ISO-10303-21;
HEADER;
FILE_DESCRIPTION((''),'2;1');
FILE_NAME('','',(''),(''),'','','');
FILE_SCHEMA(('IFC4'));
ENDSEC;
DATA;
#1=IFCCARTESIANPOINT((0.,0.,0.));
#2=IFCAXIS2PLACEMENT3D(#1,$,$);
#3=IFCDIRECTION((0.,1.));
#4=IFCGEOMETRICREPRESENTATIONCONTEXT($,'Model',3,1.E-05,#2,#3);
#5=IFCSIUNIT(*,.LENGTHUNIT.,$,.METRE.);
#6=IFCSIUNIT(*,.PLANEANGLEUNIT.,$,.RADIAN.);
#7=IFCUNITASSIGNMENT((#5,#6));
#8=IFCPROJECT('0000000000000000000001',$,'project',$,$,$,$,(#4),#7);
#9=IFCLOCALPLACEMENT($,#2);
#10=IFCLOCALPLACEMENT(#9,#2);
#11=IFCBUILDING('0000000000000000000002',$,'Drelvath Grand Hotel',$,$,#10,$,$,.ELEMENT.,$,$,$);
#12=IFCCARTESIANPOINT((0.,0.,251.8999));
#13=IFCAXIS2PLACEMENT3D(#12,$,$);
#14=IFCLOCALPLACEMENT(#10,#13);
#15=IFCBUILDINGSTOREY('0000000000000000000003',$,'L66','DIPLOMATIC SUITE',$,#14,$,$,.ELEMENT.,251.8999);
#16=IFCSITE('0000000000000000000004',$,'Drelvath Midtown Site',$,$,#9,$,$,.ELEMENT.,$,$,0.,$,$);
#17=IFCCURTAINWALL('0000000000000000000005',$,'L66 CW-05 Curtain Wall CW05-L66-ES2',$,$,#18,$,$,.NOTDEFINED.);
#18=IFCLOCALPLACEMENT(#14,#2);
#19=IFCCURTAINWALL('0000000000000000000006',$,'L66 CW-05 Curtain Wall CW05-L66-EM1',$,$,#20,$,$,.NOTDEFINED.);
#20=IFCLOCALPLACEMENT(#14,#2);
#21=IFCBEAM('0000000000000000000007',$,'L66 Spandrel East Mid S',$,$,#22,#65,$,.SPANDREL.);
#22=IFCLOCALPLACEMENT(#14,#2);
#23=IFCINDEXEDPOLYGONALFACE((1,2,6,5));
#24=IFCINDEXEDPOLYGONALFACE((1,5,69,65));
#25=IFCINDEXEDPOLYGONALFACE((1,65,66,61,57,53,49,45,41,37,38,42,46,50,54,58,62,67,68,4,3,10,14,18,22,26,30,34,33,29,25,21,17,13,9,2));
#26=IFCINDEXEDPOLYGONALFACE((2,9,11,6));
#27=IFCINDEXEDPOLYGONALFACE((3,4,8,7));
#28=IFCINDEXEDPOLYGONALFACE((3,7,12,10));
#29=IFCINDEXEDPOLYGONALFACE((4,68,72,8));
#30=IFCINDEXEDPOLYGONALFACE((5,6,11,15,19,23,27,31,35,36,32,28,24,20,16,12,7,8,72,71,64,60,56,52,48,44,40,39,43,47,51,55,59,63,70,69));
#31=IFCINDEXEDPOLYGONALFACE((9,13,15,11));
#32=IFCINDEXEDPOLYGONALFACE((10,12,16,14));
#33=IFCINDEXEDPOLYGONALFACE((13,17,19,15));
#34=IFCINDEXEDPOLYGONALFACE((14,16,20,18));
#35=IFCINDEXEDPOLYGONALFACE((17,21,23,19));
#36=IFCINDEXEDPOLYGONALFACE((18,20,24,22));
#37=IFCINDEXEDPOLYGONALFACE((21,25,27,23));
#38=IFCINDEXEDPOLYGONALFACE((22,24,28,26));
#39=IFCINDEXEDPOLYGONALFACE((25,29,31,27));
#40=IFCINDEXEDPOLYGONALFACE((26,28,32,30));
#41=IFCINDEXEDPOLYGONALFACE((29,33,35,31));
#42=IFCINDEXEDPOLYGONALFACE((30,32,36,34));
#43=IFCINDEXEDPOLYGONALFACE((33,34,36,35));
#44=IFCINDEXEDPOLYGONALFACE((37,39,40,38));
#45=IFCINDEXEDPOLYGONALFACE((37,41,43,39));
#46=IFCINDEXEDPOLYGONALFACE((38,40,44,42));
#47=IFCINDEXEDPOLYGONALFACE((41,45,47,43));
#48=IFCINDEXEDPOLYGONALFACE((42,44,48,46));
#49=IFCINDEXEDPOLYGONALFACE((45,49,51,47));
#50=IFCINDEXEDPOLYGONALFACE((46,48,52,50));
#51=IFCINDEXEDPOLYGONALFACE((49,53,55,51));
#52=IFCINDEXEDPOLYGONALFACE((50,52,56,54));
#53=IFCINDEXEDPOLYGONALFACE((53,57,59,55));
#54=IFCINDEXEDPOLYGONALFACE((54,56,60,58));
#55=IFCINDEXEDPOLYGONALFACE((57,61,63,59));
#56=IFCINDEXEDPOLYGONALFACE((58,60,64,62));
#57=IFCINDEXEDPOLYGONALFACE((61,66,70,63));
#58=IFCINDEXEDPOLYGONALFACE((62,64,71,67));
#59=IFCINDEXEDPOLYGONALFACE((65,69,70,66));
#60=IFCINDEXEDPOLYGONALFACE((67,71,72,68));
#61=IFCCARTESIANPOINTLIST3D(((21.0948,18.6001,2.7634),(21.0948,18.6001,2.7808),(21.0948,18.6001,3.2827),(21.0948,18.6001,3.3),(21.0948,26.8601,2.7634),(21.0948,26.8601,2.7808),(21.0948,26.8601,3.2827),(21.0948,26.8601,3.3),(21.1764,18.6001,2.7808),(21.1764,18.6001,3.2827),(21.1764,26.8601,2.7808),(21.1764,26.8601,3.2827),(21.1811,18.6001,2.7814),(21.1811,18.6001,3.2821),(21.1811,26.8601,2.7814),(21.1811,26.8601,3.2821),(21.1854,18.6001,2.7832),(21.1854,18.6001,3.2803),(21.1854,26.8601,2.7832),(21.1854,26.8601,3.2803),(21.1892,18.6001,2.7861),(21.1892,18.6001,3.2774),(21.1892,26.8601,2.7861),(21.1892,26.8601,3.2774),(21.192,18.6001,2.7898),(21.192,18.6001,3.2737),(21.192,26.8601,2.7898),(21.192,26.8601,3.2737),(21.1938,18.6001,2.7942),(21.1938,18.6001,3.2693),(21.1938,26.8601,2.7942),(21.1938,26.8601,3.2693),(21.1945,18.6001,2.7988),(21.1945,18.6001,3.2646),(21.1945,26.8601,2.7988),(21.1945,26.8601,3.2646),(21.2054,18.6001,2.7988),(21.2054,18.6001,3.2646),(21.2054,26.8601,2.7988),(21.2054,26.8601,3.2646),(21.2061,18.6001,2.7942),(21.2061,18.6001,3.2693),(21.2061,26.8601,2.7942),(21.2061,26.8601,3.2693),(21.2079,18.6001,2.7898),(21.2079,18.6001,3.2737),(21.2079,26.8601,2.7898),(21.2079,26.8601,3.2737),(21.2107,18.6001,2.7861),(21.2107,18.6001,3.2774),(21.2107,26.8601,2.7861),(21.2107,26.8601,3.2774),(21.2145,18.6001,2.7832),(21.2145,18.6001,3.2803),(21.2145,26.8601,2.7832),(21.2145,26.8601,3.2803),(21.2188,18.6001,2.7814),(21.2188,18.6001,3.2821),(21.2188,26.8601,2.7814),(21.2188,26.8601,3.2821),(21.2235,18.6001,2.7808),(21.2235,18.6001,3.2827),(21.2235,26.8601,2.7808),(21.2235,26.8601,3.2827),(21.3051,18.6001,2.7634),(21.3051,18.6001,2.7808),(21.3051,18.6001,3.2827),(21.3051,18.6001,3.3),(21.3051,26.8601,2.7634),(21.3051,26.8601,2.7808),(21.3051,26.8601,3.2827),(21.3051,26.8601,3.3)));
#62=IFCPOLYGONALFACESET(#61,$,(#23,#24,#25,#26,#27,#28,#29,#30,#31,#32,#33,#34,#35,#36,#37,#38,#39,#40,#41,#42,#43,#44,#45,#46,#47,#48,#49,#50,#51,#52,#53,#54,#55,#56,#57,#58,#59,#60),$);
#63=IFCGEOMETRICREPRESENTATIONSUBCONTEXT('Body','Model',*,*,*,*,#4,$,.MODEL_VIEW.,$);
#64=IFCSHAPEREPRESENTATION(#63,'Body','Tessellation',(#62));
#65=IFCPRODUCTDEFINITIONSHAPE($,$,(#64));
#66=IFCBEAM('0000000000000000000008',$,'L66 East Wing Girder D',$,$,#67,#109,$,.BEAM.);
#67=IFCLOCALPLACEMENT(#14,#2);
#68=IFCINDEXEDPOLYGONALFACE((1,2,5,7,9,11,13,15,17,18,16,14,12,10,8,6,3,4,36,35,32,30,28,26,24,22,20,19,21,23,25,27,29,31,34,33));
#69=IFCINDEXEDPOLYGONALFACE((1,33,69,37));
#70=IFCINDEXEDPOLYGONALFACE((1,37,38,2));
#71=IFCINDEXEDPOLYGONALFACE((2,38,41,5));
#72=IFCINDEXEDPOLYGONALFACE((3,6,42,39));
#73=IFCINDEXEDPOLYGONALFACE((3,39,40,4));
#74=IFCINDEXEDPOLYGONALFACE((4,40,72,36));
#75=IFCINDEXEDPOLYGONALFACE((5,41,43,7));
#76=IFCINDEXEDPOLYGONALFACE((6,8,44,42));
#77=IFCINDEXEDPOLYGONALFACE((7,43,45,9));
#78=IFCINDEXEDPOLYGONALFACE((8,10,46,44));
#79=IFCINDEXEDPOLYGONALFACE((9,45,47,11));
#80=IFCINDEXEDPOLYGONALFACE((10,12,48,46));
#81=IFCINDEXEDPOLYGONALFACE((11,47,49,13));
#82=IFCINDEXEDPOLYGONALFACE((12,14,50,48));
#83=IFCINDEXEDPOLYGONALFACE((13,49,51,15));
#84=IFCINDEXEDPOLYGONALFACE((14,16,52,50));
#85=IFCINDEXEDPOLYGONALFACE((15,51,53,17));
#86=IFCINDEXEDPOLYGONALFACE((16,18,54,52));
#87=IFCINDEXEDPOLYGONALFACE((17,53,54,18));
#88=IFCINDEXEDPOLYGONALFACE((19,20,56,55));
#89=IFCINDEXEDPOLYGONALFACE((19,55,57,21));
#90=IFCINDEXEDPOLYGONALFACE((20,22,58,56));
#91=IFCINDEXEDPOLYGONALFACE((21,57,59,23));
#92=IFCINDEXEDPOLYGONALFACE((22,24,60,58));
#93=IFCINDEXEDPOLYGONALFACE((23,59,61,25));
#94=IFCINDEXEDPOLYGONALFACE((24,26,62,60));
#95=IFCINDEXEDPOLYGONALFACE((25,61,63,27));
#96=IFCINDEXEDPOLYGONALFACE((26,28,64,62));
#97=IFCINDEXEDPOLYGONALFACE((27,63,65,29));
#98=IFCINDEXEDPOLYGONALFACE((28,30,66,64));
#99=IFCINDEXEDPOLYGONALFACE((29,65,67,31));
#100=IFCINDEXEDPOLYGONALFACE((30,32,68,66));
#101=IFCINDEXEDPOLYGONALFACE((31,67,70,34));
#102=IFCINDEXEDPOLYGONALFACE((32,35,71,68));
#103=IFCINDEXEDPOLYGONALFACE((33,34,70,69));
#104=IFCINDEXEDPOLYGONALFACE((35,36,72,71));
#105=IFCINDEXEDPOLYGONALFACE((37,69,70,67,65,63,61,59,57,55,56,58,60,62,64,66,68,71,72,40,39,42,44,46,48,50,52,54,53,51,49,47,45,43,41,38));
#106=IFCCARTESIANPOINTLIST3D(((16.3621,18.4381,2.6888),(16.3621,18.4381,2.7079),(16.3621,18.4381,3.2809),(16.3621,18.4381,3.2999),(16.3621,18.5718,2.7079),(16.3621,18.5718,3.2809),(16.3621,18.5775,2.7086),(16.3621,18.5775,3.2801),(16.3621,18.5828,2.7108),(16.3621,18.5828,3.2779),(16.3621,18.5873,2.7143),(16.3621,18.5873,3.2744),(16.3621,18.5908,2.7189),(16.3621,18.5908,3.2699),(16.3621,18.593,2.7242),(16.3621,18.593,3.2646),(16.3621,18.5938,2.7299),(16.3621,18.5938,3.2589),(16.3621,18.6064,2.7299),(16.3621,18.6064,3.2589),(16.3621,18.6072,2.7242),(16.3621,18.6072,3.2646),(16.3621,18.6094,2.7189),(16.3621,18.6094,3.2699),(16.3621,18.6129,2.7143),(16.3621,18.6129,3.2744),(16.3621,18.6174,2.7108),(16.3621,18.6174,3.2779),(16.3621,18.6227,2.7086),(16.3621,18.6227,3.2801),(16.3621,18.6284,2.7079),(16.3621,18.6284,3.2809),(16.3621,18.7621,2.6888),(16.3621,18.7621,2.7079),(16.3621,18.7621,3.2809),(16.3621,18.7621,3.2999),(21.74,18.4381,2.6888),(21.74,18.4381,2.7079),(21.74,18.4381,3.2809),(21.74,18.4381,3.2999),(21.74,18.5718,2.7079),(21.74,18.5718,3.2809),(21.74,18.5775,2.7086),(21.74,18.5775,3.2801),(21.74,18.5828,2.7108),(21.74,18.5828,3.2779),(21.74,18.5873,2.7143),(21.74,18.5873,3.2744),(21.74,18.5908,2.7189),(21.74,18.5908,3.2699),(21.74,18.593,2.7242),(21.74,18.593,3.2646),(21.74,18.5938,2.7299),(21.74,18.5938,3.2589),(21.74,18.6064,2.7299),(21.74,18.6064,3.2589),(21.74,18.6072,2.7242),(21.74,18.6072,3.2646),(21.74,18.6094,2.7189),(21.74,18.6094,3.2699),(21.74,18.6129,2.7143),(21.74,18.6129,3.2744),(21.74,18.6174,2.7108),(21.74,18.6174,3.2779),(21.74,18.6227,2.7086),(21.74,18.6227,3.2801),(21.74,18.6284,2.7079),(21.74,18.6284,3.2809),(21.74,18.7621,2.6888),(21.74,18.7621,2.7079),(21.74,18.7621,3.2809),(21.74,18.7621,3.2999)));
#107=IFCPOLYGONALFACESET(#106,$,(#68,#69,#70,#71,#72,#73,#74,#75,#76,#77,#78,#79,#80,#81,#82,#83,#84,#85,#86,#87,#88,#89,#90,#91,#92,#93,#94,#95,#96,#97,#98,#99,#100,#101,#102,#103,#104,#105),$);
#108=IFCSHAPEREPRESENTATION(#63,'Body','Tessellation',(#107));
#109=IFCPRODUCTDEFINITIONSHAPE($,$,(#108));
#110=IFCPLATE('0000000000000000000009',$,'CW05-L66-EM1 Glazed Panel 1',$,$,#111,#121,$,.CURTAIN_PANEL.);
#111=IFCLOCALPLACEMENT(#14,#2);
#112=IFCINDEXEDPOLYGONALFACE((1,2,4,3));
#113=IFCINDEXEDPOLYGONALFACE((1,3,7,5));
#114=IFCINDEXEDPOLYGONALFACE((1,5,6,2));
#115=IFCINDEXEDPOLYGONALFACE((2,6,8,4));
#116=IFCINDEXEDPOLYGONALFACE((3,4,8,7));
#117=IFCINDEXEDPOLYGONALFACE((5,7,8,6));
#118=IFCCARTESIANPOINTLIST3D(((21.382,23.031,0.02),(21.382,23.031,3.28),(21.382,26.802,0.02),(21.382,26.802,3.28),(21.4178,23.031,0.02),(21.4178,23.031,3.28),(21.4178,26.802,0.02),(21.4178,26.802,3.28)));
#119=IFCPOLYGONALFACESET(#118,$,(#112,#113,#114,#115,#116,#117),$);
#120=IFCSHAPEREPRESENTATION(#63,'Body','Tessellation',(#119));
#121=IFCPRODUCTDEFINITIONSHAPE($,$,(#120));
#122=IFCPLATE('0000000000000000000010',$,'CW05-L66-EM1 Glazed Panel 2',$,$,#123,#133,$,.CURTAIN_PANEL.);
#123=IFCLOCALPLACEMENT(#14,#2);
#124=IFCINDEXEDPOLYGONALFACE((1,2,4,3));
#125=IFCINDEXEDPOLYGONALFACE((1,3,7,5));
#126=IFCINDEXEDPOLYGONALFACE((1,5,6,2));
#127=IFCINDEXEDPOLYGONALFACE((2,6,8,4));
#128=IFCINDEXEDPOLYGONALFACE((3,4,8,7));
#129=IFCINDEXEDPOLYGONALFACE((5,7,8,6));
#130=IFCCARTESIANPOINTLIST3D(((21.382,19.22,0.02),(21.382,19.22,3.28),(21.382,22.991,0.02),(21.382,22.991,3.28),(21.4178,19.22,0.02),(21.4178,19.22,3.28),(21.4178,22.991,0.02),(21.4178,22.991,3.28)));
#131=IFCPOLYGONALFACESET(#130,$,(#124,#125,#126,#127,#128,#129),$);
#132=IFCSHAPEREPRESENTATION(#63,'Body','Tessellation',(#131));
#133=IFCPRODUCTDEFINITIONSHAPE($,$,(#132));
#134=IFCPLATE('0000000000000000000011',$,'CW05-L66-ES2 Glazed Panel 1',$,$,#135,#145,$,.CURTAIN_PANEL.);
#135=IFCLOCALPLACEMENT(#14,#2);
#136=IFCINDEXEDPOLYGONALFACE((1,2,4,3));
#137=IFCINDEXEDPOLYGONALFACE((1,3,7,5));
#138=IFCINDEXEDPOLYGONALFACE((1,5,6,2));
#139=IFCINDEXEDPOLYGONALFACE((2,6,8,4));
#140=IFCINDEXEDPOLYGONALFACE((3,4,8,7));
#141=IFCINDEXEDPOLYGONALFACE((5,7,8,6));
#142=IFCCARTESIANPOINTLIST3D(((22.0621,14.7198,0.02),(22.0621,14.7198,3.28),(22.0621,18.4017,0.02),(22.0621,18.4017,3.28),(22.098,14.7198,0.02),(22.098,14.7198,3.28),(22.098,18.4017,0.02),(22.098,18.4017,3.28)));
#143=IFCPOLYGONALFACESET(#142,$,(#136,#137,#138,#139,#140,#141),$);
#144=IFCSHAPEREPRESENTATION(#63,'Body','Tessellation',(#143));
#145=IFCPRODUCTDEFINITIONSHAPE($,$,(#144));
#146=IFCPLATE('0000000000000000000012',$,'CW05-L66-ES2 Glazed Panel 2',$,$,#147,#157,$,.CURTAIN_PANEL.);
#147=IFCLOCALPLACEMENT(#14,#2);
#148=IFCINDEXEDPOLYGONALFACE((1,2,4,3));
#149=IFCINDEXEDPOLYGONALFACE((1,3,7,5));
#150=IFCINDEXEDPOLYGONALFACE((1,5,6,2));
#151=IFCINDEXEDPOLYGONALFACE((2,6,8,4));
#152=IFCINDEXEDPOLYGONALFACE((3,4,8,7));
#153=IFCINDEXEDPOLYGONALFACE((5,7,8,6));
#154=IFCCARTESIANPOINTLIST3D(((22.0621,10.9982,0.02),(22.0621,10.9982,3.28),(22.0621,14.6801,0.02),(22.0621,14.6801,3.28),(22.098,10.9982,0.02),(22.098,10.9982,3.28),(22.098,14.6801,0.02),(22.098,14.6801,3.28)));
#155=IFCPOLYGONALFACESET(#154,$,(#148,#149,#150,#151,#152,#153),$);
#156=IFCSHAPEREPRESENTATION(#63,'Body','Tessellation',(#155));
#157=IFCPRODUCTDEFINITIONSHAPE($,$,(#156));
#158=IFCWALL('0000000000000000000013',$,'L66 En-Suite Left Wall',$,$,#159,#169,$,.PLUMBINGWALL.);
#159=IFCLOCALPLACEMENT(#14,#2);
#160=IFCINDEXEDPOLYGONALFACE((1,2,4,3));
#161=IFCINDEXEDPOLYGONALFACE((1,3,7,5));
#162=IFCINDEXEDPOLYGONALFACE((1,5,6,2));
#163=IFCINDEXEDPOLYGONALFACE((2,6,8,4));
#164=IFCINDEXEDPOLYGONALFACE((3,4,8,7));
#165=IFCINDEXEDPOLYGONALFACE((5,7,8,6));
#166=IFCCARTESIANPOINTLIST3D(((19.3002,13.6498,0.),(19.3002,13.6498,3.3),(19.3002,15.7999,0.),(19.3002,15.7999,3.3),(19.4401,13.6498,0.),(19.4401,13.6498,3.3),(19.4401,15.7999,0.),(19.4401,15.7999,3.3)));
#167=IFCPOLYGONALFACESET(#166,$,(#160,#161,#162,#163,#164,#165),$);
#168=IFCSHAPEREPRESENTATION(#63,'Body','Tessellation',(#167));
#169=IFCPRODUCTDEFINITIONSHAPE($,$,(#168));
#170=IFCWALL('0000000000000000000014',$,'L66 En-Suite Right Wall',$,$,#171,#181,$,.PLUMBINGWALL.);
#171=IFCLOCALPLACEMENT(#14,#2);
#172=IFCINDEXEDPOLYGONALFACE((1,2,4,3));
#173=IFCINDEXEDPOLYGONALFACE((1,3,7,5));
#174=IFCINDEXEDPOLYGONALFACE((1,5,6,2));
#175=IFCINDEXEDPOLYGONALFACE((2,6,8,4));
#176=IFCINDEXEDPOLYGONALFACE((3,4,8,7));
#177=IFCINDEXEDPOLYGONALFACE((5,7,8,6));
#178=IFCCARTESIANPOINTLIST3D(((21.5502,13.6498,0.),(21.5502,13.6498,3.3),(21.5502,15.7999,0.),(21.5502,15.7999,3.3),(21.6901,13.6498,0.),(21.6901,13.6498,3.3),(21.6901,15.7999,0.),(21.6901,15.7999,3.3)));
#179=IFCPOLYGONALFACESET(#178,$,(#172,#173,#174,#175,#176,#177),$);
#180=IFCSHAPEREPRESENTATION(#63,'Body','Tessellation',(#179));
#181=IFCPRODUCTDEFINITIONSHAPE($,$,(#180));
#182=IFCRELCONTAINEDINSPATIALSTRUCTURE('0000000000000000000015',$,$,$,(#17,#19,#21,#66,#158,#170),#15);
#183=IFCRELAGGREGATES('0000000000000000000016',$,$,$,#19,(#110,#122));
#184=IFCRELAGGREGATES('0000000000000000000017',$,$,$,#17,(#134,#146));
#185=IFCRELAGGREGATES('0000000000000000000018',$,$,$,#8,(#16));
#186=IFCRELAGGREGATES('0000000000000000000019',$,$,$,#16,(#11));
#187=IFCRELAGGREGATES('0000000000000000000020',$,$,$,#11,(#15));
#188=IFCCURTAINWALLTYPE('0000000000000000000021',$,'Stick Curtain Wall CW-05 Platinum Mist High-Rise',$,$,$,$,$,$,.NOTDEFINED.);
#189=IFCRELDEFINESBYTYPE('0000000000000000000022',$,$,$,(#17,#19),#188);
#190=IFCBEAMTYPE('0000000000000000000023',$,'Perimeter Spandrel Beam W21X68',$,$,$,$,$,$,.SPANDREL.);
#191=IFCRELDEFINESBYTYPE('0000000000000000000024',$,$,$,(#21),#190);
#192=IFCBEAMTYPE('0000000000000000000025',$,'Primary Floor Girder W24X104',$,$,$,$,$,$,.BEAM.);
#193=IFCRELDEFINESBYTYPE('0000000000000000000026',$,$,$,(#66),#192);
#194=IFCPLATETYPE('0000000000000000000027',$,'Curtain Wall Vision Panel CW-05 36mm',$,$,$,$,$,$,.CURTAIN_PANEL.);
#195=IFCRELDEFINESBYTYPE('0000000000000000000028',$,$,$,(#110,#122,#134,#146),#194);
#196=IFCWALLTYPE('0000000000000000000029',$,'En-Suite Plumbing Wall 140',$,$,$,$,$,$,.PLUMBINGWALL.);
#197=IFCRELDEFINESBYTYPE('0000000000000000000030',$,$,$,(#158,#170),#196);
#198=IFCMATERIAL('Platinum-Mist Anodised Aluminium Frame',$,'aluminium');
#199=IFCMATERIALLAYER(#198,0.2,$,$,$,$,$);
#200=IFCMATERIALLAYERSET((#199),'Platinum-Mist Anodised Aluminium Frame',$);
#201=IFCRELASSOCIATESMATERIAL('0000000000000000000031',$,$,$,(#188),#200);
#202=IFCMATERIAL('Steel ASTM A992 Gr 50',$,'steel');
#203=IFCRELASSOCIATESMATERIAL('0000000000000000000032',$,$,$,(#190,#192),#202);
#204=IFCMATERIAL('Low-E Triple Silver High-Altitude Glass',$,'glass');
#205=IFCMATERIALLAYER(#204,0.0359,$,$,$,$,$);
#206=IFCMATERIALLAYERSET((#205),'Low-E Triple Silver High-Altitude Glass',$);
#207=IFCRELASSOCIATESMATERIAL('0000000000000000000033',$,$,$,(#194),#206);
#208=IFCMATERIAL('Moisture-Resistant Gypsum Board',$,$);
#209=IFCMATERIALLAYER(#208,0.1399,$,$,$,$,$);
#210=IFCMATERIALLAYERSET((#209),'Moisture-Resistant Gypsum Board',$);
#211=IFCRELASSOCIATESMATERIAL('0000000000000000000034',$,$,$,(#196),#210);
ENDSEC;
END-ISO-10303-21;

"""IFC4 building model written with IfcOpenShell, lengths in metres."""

from ifc_helpers import new_model, si_unit, direction, frame, frame_2d, origin, origin_2d, place, context, subcontext, project, spatial, rectangle, i_section, extrude, material, layer, layer_set, material_profile, profile_set, type_object, element, aggregate, save


model = new_model("IFC4")

# Units and contexts
model_context = context("Model", 3, precision=1e-05, world=origin(), true_north=direction((0.0, 1.0)))
body_context = subcontext(model_context, "Body", "Model", "MODEL_VIEW")
ifc_project = project(units=[si_unit("LENGTHUNIT", "METRE"), si_unit("PLANEANGLEUNIT", "RADIAN")], contexts=[model_context])

# Site, building, storey
site_placement = place(None, origin())
site = spatial("IfcSite", under=ifc_project, at=site_placement, Name="Drelvath Midtown Site", CompositionType="ELEMENT", RefElevation=0.0)
building_placement = place(site_placement, origin())
building = spatial("IfcBuilding", under=site, at=building_placement, Name="Drelvath Grand Hotel", CompositionType="ELEMENT")
storey_placement = place(building_placement, frame((0.0, 0.0, 251.8999)))
storey = spatial("IfcBuildingStorey", under=building, at=storey_placement, Name="L66", Description="DIPLOMATIC SUITE", CompositionType="ELEMENT", Elevation=251.8999)

# Curtain wall
ifc_material_1 = material(Name="Platinum-Mist Anodised Aluminium Frame", Category="aluminium")
ifc_layer_1 = layer(ifc_material_1, 0.2)
ifc_layer_set_1 = layer_set([ifc_layer_1], Name="Platinum-Mist Anodised Aluminium Frame")
curtain_wall_type = type_object("IfcCurtainWallType", Name="Stick Curtain Wall CW-05 Platinum Mist High-Rise", PredefinedType="NOTDEFINED", material=ifc_layer_set_1)
curtain_wall_1_placement = place(storey_placement, origin())
curtain_wall_1 = element("IfcCurtainWall", 1, at=curtain_wall_1_placement, inside=storey, type_object=curtain_wall_type, Name="L66 CW-05 Curtain Wall CW05-L66-ES2", PredefinedType="NOTDEFINED")

# Curtain wall
curtain_wall_2_placement = place(storey_placement, origin())
curtain_wall_2 = element("IfcCurtainWall", 2, at=curtain_wall_2_placement, inside=storey, type_object=curtain_wall_type, Name="L66 CW-05 Curtain Wall CW05-L66-EM1", PredefinedType="NOTDEFINED")

# Beams
ifc_material_2 = material(Name="Steel ASTM A992 Gr 50", Category="steel")
ifc_material_profile_1 = material_profile(ifc_material_2, i_section(OverallWidth=0.2102, OverallDepth=0.5366, WebThickness=0.011, FlangeThickness=0.0173, FilletRadius=0.0181, at=origin_2d()), Name="W21X68")
ifc_profile_set_1 = profile_set([ifc_material_profile_1], Name="Steel ASTM A992 Gr 50")
beam_type_1 = type_object("IfcBeamType", Name="Perimeter Spandrel Beam W21X68", PredefinedType="SPANDREL", material=ifc_profile_set_1)
beam_1_placement = place(storey_placement, frame((21.2, 18.6001, 3.0317), z_axis=(0.0, 1.0, 0.0), x_axis=(-1.0, 0.0, 0.0)))
element("IfcBeam", 3, at=beam_1_placement, inside=storey, type_object=beam_type_1, Name="L66 Spandrel East Mid S", PredefinedType="SPANDREL", context=body_context, shape_type="SweptSolid", body=[
    extrude(i_section(OverallWidth=0.2102, OverallDepth=0.5366, WebThickness=0.011, FlangeThickness=0.0173, FilletRadius=0.0181, at=origin_2d()), origin(), (0.0, 0.0, 1.0), 8.26),
])
ifc_material_profile_2 = material_profile(ifc_material_2, i_section(OverallWidth=0.324, OverallDepth=0.6111, WebThickness=0.0127, FlangeThickness=0.019, FilletRadius=0.022, at=origin_2d()), Name="W24X104")
ifc_profile_set_2 = profile_set([ifc_material_profile_2], Name="Steel ASTM A992 Gr 50")
beam_type_2 = type_object("IfcBeamType", Name="Primary Floor Girder W24X104", PredefinedType="BEAM", material=ifc_profile_set_2)
beam_2_placement = place(storey_placement, frame((16.3621, 18.6001, 2.9944), z_axis=(1.0, 0.0, 0.0), x_axis=(0.0, 1.0, 0.0)))
element("IfcBeam", 4, at=beam_2_placement, inside=storey, type_object=beam_type_2, Name="L66 East Wing Girder D", PredefinedType="BEAM", context=body_context, shape_type="SweptSolid", body=[
    extrude(i_section(OverallWidth=0.324, OverallDepth=0.6111, WebThickness=0.0127, FlangeThickness=0.019, FilletRadius=0.022, at=origin_2d()), origin(), (0.0, 0.0, 1.0), 5.3779),
])

# Plates
ifc_material_3 = material(Name="Low-E Triple Silver High-Altitude Glass", Category="glass")
ifc_layer_2 = layer(ifc_material_3, 0.0359)
ifc_layer_set_2 = layer_set([ifc_layer_2], Name="Low-E Triple Silver High-Altitude Glass")
plate_type = type_object("IfcPlateType", Name="Curtain Wall Vision Panel CW-05 36mm", PredefinedType="CURTAIN_PANEL", material=ifc_layer_set_2)
plate_1_placement = place(storey_placement, frame((21.3999, 24.9165, 0.02), z_axis=(0.0, 0.0, 1.0), x_axis=(0.0, -1.0, 0.0)))
plate_1 = element("IfcPlate", 5, at=plate_1_placement, type_object=plate_type, Name="CW05-L66-EM1 Glazed Panel 1", PredefinedType="CURTAIN_PANEL", context=body_context, shape_type="SweptSolid", body=[
    extrude(rectangle(XDim=3.771, YDim=0.0359, at=origin_2d()), origin(), (0.0, 0.0, 1.0), 3.26),
])
plate_2_placement = place(storey_placement, frame((21.3999, 21.1055, 0.02), z_axis=(0.0, 0.0, 1.0), x_axis=(0.0, -1.0, 0.0)))
plate_2 = element("IfcPlate", 6, at=plate_2_placement, type_object=plate_type, Name="CW05-L66-EM1 Glazed Panel 2", PredefinedType="CURTAIN_PANEL", context=body_context, shape_type="SweptSolid", body=[
    extrude(rectangle(XDim=3.771, YDim=0.0359, at=origin_2d()), origin(), (0.0, 0.0, 1.0), 3.26),
])
aggregate(curtain_wall_2, [plate_1, plate_2])
plate_3_placement = place(storey_placement, frame((22.0801, 16.5608, 0.02), z_axis=(0.0, 0.0, 1.0), x_axis=(0.0, -1.0, 0.0)))
plate_3 = element("IfcPlate", 7, at=plate_3_placement, type_object=plate_type, Name="CW05-L66-ES2 Glazed Panel 1", PredefinedType="CURTAIN_PANEL", context=body_context, shape_type="SweptSolid", body=[
    extrude(rectangle(XDim=3.6819, YDim=0.0359, at=origin_2d()), origin(), (0.0, 0.0, 1.0), 3.26),
])
plate_4_placement = place(storey_placement, frame((22.0801, 12.8391, 0.02), z_axis=(0.0, 0.0, 1.0), x_axis=(0.0, -1.0, 0.0)))
plate_4 = element("IfcPlate", 8, at=plate_4_placement, type_object=plate_type, Name="CW05-L66-ES2 Glazed Panel 2", PredefinedType="CURTAIN_PANEL", context=body_context, shape_type="SweptSolid", body=[
    extrude(rectangle(XDim=3.6819, YDim=0.0359, at=origin_2d()), origin(), (0.0, 0.0, 1.0), 3.26),
])
aggregate(curtain_wall_1, [plate_3, plate_4])

# Walls
ifc_material_4 = material(Name="Moisture-Resistant Gypsum Board")
ifc_layer_3 = layer(ifc_material_4, 0.1399)
ifc_layer_set_3 = layer_set([ifc_layer_3], Name="Moisture-Resistant Gypsum Board")
wall_type_1 = type_object("IfcWallType", Name="En-Suite Plumbing Wall 140", PredefinedType="PLUMBINGWALL", material=ifc_layer_set_3)
for number, where, z_axis, x_axis, name in (
    (9, (19.3701, 15.8, 0.0), (0.0, 0.0, 1.0), (0.0, -1.0, 0.0), "L66 En-Suite Left Wall"),
    (10, (21.6201, 15.8, 0.0), (0.0, 0.0, 1.0), (0.0, -1.0, 0.0), "L66 En-Suite Right Wall"),
):
    element("IfcWall", number, at=place(storey_placement, frame(where, z_axis=z_axis, x_axis=x_axis)), inside=storey, type_object=wall_type_1, Name=name, PredefinedType="PLUMBINGWALL", context=body_context, shape_type="SweptSolid", body=[
        extrude(rectangle(XDim=2.1501, YDim=0.1399, at=frame_2d((1.0752, 0.0))), origin(), (0.0, 0.0, 1.0), 3.3),
    ])

save(model, "model.ifc")
